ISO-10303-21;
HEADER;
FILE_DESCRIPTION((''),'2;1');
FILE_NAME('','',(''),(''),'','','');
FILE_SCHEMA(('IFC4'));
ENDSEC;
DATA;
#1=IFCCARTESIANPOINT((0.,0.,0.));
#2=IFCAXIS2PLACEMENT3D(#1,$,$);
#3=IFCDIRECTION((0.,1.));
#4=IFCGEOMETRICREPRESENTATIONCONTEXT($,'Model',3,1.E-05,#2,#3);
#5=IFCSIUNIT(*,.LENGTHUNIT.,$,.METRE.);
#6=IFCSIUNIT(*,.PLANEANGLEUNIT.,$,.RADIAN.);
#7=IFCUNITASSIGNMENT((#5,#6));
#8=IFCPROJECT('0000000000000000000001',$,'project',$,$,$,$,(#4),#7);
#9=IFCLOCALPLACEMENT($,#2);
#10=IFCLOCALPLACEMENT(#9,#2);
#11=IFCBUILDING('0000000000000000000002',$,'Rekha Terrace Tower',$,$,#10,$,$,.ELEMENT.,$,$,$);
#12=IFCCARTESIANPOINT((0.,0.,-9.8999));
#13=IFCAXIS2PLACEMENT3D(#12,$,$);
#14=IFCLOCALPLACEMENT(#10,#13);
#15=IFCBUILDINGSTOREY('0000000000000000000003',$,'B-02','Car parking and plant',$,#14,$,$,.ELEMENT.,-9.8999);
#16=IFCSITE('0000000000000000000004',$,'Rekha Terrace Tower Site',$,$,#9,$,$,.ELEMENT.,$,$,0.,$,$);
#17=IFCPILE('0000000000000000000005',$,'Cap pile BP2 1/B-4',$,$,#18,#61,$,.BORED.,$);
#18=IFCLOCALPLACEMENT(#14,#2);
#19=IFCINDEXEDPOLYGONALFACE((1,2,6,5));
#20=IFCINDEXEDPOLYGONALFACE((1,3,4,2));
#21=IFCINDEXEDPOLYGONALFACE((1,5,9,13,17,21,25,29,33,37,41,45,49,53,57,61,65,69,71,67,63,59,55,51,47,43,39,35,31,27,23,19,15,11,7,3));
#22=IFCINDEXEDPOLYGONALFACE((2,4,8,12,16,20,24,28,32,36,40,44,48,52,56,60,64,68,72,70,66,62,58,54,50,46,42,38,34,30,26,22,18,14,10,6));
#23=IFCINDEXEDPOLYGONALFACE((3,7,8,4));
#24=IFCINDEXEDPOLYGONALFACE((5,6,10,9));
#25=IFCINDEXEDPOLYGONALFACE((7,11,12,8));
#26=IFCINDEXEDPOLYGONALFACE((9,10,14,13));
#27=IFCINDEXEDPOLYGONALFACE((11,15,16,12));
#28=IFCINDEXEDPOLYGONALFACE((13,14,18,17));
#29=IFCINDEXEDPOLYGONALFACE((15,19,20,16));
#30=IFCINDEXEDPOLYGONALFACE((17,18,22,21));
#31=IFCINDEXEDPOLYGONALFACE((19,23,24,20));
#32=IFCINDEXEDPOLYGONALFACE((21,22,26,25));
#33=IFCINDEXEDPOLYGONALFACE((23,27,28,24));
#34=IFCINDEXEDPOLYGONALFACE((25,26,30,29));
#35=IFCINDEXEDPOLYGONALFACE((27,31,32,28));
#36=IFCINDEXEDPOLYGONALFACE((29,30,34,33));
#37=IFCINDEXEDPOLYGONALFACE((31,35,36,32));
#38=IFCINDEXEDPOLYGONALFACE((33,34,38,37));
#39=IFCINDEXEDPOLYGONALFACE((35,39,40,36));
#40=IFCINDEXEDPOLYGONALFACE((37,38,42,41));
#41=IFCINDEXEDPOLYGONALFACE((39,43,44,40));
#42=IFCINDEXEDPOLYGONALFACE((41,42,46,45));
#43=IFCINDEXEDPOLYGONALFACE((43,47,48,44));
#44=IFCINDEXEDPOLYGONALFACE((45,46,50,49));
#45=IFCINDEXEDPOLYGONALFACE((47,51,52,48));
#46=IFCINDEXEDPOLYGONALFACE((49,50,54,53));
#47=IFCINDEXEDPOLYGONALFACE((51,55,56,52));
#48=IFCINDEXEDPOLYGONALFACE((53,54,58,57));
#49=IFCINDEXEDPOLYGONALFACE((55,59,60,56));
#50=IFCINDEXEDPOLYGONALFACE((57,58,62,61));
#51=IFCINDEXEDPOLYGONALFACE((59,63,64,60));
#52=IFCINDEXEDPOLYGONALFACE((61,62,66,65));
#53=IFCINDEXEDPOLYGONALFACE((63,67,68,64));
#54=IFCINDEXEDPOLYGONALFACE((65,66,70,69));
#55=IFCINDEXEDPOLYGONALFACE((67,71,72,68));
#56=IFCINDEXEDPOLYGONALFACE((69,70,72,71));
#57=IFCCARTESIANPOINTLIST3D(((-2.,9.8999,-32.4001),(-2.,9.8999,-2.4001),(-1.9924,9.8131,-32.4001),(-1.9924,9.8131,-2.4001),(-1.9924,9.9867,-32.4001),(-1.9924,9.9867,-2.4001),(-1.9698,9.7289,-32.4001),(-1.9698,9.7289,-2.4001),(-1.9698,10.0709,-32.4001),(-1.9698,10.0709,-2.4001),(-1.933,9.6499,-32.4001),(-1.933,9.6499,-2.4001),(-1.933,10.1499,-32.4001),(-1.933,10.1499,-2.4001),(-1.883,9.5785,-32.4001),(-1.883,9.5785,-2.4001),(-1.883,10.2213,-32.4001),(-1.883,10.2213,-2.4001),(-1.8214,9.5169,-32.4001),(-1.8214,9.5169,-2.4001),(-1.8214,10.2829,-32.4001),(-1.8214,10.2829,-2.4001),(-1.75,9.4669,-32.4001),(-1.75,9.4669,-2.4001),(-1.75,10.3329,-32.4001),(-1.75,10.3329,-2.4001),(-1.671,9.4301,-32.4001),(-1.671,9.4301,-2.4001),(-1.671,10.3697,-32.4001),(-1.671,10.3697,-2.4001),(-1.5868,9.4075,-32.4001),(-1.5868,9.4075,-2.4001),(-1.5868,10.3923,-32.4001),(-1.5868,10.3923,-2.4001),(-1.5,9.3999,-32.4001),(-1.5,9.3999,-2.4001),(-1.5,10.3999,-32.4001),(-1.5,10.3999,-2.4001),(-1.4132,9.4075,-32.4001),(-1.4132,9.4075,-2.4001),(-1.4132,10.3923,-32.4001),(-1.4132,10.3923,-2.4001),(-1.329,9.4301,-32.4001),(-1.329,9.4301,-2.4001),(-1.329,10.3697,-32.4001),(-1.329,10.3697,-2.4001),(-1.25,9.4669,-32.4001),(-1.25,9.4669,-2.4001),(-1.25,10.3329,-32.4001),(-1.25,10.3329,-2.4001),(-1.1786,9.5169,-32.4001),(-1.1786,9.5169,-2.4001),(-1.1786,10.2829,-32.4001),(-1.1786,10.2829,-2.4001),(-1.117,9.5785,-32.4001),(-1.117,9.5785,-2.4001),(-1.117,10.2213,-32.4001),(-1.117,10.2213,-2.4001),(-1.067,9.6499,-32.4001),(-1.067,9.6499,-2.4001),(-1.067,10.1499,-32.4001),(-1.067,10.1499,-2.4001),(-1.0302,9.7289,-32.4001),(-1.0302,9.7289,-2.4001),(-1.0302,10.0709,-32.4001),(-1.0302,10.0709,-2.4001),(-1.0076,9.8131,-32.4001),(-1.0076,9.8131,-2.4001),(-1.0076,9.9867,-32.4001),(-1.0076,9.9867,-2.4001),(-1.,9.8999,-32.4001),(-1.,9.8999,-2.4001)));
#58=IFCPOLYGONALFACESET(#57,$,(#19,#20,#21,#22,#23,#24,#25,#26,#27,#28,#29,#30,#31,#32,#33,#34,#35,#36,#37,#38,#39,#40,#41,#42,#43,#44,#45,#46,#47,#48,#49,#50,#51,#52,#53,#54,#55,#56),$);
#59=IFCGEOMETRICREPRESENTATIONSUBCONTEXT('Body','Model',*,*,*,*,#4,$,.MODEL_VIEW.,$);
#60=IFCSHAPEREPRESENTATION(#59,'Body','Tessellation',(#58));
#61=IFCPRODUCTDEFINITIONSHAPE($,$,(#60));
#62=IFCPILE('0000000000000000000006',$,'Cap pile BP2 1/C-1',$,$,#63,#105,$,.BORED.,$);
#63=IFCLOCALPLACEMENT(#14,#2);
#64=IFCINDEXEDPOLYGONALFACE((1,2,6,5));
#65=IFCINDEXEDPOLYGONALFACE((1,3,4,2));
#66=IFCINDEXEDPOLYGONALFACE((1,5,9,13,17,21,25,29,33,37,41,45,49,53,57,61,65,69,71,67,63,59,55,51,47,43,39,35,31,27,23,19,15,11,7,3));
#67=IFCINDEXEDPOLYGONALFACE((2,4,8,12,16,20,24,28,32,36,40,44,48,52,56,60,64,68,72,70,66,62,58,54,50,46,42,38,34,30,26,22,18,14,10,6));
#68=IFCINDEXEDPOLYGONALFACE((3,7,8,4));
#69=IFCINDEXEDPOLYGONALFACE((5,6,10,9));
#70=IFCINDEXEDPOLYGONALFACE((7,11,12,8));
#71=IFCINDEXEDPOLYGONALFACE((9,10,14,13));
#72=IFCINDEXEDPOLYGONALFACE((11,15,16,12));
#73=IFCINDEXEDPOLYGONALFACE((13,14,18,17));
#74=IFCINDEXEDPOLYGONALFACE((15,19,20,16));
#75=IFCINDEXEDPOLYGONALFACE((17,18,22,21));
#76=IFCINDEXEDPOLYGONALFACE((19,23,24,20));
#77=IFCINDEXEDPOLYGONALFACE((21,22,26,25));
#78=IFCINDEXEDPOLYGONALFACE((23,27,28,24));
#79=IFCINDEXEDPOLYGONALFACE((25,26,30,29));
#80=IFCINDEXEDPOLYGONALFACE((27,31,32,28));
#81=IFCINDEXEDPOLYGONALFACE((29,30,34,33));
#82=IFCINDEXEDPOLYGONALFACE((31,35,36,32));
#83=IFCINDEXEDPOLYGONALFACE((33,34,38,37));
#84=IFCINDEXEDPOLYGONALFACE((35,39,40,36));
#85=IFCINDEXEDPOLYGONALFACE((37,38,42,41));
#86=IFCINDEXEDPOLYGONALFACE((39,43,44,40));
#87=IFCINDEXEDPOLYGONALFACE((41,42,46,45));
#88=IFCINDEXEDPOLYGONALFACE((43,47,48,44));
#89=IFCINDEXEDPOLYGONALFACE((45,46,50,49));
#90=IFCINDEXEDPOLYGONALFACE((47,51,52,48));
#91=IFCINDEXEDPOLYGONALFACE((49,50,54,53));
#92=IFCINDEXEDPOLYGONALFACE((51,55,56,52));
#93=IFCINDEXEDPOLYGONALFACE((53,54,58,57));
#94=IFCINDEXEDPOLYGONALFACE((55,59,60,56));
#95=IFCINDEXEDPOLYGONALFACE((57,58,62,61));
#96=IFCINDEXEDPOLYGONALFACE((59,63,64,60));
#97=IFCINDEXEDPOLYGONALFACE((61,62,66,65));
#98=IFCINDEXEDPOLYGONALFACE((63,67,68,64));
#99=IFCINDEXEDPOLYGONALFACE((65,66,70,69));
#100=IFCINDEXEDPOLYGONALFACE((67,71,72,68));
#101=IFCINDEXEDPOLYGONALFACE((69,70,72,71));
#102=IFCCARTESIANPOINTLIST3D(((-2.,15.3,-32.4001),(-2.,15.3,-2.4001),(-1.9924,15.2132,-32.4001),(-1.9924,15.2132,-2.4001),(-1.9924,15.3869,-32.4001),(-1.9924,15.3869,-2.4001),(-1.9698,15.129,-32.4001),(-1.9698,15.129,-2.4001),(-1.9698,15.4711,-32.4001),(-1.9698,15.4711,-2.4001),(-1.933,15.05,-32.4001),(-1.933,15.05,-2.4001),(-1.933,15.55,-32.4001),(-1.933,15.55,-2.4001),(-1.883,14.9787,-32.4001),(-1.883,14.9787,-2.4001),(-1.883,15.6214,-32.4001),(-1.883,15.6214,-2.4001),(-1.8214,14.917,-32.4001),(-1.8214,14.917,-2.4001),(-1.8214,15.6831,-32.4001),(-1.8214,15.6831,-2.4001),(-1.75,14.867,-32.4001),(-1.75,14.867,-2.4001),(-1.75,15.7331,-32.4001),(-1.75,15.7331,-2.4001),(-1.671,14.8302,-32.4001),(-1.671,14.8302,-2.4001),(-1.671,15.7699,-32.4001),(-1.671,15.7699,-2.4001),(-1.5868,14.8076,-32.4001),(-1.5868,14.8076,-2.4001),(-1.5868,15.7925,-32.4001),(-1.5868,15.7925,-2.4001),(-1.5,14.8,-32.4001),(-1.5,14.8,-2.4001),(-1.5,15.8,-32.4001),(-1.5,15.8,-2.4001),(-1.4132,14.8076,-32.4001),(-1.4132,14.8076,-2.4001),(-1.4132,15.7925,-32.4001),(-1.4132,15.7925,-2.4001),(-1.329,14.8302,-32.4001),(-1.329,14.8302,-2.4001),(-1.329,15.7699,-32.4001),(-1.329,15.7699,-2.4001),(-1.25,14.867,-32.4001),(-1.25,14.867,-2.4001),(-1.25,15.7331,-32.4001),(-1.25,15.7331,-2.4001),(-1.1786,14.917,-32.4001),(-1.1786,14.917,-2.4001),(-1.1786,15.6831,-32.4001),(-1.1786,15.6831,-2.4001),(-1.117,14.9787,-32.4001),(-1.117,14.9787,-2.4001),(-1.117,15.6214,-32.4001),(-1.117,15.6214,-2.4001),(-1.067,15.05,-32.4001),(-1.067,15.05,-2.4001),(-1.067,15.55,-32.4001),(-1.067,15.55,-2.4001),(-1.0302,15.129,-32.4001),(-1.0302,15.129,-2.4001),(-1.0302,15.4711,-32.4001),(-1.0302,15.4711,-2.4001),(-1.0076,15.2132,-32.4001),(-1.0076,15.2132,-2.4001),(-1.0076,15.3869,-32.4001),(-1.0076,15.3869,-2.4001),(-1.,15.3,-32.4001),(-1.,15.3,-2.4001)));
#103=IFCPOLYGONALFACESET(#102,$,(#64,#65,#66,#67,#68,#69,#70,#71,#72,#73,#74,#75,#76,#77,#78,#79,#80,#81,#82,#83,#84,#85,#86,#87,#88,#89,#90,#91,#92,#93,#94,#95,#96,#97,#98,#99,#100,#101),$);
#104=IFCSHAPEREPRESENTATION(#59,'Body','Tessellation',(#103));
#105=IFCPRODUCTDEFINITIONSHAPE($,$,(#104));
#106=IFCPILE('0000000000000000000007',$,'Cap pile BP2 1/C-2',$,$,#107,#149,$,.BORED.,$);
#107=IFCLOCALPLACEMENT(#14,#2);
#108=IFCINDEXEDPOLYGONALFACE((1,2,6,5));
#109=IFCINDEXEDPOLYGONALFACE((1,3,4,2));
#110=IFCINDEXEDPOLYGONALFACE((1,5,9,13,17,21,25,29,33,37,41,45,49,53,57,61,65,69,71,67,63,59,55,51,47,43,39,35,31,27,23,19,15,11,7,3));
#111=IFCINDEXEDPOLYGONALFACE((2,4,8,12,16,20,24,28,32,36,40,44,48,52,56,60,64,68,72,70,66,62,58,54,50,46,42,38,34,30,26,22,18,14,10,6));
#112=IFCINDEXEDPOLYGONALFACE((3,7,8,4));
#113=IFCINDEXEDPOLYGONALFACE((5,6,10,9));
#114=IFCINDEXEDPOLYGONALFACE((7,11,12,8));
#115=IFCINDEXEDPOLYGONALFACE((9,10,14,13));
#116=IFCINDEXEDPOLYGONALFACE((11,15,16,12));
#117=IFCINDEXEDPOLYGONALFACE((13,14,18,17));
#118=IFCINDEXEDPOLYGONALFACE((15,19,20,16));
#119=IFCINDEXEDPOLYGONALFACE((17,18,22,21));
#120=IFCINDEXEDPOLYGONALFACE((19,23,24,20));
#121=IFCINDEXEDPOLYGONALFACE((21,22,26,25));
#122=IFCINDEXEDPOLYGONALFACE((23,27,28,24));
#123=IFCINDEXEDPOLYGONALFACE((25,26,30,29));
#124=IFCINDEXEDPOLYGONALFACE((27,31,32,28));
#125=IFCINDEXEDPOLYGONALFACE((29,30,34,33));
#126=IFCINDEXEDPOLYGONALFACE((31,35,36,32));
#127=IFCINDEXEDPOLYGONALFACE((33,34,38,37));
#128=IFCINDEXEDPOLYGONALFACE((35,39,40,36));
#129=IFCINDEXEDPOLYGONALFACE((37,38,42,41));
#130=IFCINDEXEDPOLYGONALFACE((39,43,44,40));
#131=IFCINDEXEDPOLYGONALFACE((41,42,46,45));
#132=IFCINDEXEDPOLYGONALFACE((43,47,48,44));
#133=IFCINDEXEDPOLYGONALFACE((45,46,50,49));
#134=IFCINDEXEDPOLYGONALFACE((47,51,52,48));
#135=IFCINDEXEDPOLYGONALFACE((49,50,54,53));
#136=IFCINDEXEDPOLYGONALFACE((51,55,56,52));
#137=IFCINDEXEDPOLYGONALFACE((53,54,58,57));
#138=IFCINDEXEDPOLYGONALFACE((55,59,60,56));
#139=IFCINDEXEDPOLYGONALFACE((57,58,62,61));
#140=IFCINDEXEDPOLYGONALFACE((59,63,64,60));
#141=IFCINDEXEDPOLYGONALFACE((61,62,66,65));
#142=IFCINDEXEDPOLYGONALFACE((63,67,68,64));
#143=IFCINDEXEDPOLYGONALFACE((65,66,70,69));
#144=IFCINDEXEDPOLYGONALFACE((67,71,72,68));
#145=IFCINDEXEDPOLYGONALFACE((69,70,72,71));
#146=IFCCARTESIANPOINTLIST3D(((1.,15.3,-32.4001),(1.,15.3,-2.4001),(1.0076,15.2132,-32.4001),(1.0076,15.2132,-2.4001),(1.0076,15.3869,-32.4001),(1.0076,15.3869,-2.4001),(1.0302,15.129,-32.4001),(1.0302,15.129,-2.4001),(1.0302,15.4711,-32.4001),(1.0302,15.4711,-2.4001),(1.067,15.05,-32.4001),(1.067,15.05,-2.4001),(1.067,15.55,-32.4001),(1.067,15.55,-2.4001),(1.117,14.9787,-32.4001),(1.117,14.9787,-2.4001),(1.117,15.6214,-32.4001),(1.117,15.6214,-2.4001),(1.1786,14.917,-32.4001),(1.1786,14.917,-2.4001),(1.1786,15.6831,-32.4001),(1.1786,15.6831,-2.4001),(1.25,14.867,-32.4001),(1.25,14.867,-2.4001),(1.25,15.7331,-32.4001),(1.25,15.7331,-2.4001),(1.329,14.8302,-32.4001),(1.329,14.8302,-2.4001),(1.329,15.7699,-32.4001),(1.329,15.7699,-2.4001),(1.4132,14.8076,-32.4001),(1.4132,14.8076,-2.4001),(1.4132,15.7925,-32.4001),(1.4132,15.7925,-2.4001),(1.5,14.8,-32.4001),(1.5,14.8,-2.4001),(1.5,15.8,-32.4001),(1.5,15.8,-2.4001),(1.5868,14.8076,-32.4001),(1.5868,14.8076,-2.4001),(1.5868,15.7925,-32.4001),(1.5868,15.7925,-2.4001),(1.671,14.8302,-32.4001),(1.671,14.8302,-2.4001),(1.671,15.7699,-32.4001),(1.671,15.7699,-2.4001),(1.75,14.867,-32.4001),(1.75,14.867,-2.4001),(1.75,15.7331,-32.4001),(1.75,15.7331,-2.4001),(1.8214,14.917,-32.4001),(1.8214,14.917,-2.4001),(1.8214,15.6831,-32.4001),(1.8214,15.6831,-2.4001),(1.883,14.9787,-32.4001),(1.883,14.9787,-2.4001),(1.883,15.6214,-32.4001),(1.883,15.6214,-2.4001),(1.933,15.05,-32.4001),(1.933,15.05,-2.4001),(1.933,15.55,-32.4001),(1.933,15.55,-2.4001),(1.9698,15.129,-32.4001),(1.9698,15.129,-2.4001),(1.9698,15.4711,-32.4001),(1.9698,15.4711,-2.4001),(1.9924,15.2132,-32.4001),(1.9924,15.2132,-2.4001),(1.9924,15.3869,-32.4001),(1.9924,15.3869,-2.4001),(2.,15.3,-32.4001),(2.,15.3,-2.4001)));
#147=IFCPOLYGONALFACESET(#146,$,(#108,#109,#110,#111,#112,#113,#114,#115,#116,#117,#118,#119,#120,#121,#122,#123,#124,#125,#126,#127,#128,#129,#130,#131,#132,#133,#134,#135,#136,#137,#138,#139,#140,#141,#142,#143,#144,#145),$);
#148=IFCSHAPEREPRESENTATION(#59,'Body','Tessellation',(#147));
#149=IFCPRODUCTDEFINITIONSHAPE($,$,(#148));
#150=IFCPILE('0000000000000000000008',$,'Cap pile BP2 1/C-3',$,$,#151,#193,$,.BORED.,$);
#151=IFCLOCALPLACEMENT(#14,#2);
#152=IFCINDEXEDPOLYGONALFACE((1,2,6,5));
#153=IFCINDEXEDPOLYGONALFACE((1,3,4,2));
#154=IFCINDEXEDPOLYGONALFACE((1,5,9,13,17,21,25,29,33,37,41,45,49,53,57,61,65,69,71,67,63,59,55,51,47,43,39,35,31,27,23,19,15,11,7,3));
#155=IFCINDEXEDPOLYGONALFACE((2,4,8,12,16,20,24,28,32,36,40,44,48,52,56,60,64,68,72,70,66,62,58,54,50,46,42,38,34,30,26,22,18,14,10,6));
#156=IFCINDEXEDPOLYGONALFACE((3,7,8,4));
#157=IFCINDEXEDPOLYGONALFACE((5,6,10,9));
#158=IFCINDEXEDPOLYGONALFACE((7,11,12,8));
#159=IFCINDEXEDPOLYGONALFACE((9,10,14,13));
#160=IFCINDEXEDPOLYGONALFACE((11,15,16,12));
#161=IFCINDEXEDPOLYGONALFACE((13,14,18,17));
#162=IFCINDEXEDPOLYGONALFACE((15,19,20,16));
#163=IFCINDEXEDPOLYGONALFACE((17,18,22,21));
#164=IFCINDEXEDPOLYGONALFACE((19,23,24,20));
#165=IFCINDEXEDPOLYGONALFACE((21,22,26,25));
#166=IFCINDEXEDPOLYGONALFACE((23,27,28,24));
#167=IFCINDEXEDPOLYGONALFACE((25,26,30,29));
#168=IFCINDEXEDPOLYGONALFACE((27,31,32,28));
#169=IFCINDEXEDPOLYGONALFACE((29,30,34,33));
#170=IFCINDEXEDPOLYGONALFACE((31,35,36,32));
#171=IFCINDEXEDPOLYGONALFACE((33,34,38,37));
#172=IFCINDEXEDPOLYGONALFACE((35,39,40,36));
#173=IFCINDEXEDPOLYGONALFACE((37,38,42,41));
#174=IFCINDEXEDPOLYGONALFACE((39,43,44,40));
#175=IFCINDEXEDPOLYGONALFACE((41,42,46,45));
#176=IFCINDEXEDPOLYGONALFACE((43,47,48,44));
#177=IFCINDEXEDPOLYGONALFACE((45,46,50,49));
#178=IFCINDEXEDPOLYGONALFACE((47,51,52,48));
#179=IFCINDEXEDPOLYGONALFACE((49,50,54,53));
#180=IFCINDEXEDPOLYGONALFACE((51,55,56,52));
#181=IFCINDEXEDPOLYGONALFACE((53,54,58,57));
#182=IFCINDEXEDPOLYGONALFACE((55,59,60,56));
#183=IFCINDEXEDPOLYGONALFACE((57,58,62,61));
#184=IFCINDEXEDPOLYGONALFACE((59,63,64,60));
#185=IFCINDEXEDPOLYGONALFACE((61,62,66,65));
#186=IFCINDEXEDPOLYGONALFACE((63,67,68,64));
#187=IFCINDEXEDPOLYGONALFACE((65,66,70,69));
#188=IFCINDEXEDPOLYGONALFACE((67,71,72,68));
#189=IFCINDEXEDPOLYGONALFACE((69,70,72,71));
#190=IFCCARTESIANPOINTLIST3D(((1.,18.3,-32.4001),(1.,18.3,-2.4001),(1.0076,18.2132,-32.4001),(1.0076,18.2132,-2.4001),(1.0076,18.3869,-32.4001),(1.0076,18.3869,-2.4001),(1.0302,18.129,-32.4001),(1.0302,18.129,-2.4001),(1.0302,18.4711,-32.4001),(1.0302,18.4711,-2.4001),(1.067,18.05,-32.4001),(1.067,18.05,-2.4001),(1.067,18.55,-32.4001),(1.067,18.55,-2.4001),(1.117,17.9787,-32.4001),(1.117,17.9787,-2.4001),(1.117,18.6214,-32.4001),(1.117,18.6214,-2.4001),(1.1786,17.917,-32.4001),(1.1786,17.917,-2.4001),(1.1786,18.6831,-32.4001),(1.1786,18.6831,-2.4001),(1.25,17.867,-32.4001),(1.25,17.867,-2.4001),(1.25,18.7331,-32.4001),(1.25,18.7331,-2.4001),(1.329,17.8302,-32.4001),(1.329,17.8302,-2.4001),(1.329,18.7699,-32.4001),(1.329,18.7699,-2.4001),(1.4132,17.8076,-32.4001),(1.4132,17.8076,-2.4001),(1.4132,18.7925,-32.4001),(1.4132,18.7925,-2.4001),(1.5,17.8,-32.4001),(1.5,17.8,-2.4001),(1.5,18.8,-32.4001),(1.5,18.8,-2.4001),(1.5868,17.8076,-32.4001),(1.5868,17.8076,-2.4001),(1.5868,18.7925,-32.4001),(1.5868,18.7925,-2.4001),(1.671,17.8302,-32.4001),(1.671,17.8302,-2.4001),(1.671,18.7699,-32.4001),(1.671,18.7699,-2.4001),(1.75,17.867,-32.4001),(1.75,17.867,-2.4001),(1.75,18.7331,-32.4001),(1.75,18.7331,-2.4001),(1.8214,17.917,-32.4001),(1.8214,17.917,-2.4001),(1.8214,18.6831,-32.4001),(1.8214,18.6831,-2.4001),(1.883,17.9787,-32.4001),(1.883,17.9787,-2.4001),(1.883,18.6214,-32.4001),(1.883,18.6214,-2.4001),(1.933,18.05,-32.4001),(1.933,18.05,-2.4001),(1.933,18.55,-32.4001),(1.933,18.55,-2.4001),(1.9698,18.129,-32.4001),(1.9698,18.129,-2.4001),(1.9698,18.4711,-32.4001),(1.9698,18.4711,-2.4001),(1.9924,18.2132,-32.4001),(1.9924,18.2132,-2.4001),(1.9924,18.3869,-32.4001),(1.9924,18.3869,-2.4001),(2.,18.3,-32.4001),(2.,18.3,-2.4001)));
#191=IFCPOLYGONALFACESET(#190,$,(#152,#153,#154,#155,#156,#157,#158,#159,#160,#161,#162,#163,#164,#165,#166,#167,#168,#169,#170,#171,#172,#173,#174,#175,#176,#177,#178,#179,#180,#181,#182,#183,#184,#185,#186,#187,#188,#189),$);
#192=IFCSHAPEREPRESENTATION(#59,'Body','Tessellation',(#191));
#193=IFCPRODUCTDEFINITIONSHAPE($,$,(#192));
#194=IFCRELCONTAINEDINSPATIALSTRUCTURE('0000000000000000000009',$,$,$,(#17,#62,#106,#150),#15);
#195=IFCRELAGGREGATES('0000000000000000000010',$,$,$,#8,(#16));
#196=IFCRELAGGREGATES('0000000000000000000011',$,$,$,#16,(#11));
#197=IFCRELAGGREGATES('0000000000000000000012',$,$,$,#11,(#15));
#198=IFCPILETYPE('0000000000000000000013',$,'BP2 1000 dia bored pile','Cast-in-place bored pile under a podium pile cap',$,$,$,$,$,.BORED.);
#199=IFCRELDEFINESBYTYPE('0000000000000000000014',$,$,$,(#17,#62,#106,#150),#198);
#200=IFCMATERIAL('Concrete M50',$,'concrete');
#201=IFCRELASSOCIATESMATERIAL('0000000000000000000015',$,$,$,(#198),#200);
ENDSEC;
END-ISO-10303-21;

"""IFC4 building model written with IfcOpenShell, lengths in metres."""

from ifc_helpers import new_model, si_unit, direction, frame, origin, origin_2d, place, context, subcontext, project, spatial, circle, extrude, material, type_object, element, save


model = new_model("IFC4")

# Units and contexts
model_context = context("Model", 3, precision=1e-05, world=origin(), true_north=direction((0.0, 1.0)))
body_context = subcontext(model_context, "Body", "Model", "MODEL_VIEW")
ifc_project = project(units=[si_unit("LENGTHUNIT", "METRE"), si_unit("PLANEANGLEUNIT", "RADIAN")], contexts=[model_context])

# Site, building, storey
site_placement = place(None, origin())
site = spatial("IfcSite", under=ifc_project, at=site_placement, Name="Rekha Terrace Tower Site", CompositionType="ELEMENT", RefElevation=0.0)
building_placement = place(site_placement, origin())
building = spatial("IfcBuilding", under=site, at=building_placement, Name="Rekha Terrace Tower", CompositionType="ELEMENT")
storey_placement = place(building_placement, frame((0.0, 0.0, -9.8999)))
storey = spatial("IfcBuildingStorey", under=building, at=storey_placement, Name="B-02", Description="Car parking and plant", CompositionType="ELEMENT", Elevation=-9.8999)

# Piles
ifc_material_1 = material(Name="Concrete M50", Category="concrete")
pile_type_1 = type_object("IfcPileType", Name="BP2 1000 dia bored pile", Description="Cast-in-place bored pile under a podium pile cap", PredefinedType="BORED", material=ifc_material_1)
for number, where, z_axis, x_axis, name in (
    (1, (-1.5, 9.8999, -2.4001), (0.0, 0.0, -1.0), (1.0, 0.0, 0.0), "Cap pile BP2 1/B-4"),
    (2, (-1.5, 15.3, -2.4001), (0.0, 0.0, -1.0), (1.0, 0.0, 0.0), "Cap pile BP2 1/C-1"),
    (3, (1.5, 15.3, -2.4001), (0.0, 0.0, -1.0), (1.0, 0.0, 0.0), "Cap pile BP2 1/C-2"),
    (4, (1.5, 18.3, -2.4001), (0.0, 0.0, -1.0), (1.0, 0.0, 0.0), "Cap pile BP2 1/C-3"),
):
    element("IfcPile", number, at=place(storey_placement, frame(where, z_axis=z_axis, x_axis=x_axis)), inside=storey, type_object=pile_type_1, Name=name, PredefinedType="BORED", context=body_context, shape_type="SweptSolid", body=[
        extrude(circle(Radius=0.5, at=origin_2d()), origin(), (0.0, 0.0, 1.0), 30.0),
    ])

save(model, "model.ifc")
